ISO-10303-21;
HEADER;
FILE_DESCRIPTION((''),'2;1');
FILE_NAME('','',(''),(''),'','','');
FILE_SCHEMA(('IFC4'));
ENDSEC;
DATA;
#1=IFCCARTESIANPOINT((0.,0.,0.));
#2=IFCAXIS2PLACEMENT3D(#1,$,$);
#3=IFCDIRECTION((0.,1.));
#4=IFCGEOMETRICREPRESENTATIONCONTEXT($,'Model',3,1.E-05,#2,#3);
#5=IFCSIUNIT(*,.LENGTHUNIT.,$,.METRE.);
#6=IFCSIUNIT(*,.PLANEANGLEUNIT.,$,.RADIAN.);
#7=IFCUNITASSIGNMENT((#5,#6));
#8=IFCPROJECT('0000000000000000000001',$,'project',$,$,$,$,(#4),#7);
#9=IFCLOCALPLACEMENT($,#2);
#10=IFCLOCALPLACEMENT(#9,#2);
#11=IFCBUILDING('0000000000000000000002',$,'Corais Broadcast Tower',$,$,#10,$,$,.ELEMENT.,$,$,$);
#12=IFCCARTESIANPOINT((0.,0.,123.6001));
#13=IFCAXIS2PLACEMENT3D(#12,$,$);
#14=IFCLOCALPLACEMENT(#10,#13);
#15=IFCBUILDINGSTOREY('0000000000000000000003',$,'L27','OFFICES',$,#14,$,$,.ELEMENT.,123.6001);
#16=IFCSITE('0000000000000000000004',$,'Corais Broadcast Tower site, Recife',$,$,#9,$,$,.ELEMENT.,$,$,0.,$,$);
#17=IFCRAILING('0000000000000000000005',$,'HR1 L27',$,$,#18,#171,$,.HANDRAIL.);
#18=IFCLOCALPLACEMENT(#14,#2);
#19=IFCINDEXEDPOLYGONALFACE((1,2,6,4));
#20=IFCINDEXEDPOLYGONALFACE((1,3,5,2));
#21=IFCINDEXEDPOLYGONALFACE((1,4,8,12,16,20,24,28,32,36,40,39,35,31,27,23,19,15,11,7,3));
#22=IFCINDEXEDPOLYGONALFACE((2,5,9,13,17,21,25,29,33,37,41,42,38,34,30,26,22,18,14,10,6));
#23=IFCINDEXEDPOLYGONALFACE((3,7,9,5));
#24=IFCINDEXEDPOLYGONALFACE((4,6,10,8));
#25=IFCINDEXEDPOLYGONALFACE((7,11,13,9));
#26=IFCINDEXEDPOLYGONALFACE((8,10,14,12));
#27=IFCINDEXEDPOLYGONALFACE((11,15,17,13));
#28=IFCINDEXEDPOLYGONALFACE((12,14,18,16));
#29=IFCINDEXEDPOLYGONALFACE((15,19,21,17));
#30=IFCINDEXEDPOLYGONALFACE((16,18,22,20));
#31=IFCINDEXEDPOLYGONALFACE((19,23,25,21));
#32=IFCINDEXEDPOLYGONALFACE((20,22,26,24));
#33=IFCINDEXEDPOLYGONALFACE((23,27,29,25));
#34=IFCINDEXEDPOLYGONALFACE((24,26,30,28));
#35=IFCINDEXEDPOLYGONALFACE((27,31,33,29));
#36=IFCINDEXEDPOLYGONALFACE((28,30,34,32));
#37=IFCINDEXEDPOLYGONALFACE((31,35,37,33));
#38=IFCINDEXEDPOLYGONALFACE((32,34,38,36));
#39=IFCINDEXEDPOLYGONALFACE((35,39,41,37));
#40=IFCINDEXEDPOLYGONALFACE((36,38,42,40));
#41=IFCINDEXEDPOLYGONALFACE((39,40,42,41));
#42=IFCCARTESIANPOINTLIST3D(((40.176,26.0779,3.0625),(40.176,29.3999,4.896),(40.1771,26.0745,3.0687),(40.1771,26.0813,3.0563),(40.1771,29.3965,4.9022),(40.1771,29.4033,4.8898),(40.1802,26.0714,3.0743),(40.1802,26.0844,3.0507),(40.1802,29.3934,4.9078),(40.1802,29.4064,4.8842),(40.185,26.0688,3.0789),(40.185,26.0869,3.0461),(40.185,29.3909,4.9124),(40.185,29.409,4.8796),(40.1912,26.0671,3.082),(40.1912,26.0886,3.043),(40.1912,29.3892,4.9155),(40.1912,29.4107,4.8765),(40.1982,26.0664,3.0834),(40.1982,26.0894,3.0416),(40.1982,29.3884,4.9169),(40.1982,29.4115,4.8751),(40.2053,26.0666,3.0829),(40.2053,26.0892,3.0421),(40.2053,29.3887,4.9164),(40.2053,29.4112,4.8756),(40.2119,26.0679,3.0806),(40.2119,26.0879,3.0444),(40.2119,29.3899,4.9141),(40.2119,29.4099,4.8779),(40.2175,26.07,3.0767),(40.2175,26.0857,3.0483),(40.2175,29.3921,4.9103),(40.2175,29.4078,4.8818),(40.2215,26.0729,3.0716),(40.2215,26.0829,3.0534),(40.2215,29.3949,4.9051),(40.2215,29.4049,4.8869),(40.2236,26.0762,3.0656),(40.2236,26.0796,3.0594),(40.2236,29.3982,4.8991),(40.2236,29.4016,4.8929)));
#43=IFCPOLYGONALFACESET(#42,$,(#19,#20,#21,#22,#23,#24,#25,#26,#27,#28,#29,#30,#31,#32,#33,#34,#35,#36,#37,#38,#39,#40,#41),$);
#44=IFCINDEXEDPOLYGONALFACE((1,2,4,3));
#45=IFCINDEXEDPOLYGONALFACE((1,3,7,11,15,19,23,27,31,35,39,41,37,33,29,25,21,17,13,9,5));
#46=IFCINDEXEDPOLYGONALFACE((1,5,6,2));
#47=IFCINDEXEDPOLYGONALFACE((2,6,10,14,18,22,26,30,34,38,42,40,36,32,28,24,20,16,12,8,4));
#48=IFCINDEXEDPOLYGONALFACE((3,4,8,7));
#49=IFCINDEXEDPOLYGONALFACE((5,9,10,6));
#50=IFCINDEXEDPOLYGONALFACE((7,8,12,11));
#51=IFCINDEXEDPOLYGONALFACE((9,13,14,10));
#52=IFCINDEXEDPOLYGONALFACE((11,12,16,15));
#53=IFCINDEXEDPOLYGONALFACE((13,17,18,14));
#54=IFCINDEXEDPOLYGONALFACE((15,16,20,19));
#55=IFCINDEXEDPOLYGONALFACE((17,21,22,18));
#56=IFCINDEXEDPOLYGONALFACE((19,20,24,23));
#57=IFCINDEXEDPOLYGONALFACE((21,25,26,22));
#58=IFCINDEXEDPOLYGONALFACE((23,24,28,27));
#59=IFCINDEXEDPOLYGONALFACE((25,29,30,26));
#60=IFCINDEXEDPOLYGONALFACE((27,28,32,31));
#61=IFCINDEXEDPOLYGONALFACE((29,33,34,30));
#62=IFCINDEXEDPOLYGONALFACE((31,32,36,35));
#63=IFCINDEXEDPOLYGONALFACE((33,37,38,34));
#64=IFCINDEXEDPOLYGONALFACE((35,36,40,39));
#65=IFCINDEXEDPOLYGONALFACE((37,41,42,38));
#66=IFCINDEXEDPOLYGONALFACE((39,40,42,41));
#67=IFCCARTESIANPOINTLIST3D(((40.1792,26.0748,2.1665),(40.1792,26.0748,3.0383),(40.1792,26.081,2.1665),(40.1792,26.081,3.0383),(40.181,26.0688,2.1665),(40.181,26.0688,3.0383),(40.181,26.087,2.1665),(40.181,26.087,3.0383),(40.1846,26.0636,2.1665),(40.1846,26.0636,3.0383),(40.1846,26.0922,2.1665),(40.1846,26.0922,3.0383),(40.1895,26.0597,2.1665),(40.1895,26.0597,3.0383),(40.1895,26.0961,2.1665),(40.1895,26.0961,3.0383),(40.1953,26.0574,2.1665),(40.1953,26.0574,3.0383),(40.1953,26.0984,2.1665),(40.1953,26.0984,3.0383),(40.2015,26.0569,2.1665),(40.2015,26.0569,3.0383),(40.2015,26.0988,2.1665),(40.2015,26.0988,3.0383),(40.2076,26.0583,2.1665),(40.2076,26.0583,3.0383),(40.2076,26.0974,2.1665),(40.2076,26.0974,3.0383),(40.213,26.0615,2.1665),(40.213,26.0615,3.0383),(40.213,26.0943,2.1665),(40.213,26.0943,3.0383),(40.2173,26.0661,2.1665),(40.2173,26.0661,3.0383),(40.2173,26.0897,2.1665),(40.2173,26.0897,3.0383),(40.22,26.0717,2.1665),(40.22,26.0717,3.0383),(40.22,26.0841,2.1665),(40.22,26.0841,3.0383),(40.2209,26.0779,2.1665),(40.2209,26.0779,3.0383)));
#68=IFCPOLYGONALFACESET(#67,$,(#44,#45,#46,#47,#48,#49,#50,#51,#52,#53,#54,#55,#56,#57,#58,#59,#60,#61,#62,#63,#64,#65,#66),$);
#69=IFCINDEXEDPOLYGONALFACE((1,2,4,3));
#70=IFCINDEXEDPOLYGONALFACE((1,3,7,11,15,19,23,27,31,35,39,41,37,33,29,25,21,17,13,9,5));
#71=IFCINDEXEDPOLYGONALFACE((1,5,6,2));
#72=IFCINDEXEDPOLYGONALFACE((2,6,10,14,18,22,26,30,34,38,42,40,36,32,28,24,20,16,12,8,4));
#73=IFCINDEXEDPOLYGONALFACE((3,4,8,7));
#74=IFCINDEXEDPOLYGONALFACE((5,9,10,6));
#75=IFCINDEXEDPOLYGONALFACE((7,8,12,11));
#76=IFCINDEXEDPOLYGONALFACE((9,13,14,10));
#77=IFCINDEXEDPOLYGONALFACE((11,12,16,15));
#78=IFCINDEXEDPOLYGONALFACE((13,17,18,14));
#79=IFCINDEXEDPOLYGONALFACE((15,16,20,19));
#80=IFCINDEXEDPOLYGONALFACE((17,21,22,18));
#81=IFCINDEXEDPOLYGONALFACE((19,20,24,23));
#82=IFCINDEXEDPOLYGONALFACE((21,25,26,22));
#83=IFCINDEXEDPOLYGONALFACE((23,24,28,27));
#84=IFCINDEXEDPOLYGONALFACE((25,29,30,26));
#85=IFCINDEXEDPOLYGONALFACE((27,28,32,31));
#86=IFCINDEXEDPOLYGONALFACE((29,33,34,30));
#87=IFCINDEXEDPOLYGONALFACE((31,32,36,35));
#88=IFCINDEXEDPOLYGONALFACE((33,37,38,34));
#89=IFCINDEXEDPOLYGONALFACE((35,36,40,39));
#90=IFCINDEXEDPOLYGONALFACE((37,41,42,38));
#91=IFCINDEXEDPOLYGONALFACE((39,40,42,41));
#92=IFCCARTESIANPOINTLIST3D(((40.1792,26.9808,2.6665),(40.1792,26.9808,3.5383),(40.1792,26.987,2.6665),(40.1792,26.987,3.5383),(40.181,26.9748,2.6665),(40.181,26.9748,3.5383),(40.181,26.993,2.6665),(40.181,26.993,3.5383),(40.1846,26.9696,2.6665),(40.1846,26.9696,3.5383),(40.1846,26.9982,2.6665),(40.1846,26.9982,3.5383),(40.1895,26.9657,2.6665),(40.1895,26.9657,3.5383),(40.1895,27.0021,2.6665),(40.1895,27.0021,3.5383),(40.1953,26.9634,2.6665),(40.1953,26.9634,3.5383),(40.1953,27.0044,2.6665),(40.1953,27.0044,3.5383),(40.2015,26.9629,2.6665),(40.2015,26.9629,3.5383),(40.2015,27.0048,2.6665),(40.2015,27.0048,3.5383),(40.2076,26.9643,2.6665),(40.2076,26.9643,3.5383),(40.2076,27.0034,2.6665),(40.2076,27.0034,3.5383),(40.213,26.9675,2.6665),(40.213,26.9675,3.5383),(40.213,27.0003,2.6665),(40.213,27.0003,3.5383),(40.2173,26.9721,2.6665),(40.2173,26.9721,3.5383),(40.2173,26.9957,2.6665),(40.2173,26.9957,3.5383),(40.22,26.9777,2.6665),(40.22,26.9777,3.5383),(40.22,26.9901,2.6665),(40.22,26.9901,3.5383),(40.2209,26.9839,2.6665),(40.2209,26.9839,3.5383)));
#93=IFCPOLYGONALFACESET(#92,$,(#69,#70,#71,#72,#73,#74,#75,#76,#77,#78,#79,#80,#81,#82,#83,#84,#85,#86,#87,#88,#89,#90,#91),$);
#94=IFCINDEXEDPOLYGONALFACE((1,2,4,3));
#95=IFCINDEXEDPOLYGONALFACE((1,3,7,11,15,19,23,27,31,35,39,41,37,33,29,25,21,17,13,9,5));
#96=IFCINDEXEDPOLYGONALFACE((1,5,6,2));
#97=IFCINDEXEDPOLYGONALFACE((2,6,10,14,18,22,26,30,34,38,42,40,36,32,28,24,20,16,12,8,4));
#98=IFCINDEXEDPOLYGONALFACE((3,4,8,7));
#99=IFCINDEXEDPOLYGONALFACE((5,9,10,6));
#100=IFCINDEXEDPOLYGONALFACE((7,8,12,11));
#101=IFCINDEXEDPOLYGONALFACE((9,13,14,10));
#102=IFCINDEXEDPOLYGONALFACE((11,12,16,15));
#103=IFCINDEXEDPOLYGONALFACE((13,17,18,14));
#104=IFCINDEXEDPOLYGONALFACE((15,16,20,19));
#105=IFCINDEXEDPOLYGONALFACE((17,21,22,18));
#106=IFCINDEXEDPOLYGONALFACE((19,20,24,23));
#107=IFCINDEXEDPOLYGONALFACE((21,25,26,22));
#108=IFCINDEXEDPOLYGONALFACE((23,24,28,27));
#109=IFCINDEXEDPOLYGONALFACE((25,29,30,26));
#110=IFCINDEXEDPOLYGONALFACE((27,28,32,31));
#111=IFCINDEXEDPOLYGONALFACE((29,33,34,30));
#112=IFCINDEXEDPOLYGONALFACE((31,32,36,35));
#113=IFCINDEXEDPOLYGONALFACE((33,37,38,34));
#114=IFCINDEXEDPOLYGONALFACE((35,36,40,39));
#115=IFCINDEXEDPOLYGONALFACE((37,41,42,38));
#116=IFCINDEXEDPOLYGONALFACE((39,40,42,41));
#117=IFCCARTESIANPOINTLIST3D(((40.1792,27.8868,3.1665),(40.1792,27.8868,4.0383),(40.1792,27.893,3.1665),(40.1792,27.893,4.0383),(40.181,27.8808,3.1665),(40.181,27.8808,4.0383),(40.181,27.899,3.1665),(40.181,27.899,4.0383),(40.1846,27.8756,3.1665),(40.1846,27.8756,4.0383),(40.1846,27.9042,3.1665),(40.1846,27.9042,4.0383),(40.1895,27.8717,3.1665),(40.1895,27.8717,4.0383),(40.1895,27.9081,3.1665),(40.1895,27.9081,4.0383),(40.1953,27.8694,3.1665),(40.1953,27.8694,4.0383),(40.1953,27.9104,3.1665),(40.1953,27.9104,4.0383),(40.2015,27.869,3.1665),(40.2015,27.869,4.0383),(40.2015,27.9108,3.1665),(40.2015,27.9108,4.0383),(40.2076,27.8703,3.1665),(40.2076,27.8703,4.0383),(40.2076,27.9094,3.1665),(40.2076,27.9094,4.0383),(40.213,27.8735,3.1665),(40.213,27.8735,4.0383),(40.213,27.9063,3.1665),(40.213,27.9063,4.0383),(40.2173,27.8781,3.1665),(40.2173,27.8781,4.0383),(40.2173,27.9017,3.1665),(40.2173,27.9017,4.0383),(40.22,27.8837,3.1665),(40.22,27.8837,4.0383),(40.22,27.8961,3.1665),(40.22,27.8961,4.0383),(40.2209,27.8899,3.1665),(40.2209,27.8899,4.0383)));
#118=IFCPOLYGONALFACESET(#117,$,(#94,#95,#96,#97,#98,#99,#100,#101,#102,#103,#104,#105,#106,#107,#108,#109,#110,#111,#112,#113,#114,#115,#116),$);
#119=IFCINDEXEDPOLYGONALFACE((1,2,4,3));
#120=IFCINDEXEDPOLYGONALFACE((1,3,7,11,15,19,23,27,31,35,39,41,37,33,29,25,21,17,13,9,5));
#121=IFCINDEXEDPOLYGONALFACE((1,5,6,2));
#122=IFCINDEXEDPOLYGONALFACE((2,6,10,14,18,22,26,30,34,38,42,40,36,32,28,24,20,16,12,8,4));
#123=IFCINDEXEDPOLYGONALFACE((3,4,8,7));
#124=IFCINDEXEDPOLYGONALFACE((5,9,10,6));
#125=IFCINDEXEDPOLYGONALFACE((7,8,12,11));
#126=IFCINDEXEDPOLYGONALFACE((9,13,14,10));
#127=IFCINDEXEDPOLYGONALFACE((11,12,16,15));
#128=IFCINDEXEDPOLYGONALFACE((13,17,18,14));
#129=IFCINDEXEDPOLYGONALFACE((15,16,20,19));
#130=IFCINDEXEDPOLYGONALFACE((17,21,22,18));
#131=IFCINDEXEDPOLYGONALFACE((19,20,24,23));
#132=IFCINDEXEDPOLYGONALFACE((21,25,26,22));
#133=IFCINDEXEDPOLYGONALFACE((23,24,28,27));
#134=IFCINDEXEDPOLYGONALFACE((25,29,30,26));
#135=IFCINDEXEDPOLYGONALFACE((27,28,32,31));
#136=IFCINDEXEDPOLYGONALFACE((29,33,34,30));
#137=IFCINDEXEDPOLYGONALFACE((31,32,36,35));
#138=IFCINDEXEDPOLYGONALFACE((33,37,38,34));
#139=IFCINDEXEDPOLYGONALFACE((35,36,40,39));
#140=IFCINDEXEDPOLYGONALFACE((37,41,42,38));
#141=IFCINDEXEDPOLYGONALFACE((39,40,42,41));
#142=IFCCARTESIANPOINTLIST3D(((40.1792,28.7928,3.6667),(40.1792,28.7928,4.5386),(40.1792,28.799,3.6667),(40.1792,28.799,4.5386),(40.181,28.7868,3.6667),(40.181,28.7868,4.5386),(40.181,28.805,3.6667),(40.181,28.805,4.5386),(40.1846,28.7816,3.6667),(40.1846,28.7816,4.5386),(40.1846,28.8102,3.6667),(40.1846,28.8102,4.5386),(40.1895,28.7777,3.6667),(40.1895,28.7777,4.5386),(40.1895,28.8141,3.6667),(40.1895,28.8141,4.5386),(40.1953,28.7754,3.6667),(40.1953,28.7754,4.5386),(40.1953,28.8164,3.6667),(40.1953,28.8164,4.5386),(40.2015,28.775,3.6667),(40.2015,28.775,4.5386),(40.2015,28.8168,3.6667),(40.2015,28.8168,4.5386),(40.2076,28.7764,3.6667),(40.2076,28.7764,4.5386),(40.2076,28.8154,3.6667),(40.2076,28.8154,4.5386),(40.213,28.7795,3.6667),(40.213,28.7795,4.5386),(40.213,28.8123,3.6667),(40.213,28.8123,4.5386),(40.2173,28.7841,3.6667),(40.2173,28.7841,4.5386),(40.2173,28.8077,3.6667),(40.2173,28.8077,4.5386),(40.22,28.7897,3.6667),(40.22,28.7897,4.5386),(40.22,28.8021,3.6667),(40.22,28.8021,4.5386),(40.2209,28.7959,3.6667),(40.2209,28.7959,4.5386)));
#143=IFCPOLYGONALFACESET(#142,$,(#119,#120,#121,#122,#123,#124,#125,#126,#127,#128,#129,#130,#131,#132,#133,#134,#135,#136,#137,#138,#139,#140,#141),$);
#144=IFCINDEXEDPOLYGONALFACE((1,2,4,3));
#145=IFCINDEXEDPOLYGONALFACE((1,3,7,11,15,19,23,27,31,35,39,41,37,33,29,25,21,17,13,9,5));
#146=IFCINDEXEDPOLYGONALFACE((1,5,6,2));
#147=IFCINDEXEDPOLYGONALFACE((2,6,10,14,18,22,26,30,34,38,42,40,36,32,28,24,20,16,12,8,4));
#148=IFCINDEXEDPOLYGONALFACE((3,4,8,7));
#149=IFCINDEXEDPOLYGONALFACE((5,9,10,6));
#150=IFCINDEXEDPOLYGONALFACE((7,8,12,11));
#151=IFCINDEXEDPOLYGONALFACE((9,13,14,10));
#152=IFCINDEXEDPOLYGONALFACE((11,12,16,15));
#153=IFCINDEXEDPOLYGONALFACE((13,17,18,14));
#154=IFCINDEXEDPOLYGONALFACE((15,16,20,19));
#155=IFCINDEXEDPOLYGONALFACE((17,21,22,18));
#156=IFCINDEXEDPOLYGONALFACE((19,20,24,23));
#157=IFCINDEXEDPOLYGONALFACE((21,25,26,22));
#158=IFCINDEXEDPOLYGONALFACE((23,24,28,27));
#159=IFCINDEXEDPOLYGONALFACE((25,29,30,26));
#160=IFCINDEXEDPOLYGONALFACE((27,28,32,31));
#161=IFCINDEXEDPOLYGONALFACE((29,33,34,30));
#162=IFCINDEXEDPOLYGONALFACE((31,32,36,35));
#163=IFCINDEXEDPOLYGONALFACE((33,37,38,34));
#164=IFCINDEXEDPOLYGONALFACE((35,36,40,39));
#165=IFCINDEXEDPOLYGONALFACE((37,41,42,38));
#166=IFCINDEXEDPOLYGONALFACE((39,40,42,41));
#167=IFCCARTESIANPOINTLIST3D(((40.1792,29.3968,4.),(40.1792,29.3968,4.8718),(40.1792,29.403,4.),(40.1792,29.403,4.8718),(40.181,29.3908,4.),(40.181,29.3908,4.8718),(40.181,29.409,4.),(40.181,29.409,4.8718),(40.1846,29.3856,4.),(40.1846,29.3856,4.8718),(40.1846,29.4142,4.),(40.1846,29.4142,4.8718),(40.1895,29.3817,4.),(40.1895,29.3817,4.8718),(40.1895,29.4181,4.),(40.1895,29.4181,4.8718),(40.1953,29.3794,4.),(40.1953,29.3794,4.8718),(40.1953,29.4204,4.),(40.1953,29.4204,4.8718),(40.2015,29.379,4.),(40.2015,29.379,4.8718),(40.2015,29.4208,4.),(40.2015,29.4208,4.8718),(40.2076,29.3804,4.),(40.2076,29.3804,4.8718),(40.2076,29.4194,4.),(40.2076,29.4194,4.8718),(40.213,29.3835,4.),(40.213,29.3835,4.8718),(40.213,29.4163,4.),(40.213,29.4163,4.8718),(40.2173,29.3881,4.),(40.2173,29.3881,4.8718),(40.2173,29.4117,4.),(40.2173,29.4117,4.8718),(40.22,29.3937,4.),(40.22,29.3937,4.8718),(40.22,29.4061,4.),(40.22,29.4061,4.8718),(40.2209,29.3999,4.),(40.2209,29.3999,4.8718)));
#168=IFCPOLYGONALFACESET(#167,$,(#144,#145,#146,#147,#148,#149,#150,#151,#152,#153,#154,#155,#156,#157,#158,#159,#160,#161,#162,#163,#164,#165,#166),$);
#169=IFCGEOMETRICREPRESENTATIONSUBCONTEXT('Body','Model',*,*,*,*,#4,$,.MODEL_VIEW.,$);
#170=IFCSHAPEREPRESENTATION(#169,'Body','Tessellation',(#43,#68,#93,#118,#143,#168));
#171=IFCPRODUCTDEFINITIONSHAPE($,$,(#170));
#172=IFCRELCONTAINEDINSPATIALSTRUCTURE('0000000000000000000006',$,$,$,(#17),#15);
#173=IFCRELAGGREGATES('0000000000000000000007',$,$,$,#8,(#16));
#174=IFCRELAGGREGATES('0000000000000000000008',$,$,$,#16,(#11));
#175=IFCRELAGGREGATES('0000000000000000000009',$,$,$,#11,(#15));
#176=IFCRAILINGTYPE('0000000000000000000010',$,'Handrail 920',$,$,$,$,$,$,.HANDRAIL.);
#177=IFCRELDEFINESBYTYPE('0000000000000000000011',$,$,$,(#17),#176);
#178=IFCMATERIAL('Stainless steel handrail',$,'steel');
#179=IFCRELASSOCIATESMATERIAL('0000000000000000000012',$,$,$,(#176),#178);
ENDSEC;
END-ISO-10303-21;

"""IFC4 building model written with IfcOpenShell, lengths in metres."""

from ifc_helpers import new_model, si_unit, direction, frame, origin, origin_2d, place, context, subcontext, project, spatial, circle, extrude, material, type_object, element, save


model = new_model("IFC4")

# Units and contexts
model_context = context("Model", 3, precision=1e-05, world=origin(), true_north=direction((0.0, 1.0)))
body_context = subcontext(model_context, "Body", "Model", "MODEL_VIEW")
ifc_project = project(units=[si_unit("LENGTHUNIT", "METRE"), si_unit("PLANEANGLEUNIT", "RADIAN")], contexts=[model_context])

# Site, building, storey
site_placement = place(None, origin())
site = spatial("IfcSite", under=ifc_project, at=site_placement, Name="Corais Broadcast Tower site, Recife", CompositionType="ELEMENT", RefElevation=0.0)
building_placement = place(site_placement, origin())
building = spatial("IfcBuilding", under=site, at=building_placement, Name="Corais Broadcast Tower", CompositionType="ELEMENT")
storey_placement = place(building_placement, frame((0.0, 0.0, 123.6001)))
storey = spatial("IfcBuildingStorey", under=building, at=storey_placement, Name="L27", Description="OFFICES", CompositionType="ELEMENT", Elevation=123.6001)

# Railing
ifc_material_1 = material(Name="Stainless steel handrail", Category="steel")
railing_type = type_object("IfcRailingType", Name="Handrail 920", PredefinedType="HANDRAIL", material=ifc_material_1)
for number, where, name in (
    (1, (40.2, 26.0779, 2.1665), "HR1 L27"),
):
    element("IfcRailing", number, at=place(storey_placement, frame(where)), inside=storey, type_object=railing_type, Name=name, PredefinedType="HANDRAIL", context=body_context, shape_type="SweptSolid", body=[
        extrude(circle(Radius=0.0239, at=origin_2d()), frame((0.0, 0.0, 0.896), z_axis=(0.0, 0.875504, 0.48321), x_axis=(-1.0, 0.0, 0.0)), (0.0, 0.0, 1.0), 3.7944),
        extrude(circle(Radius=0.021, at=origin_2d()), origin(), (0.0, 0.0, 1.0), 0.8718),
        extrude(circle(Radius=0.021, at=origin_2d()), frame((0.0, 0.906, 0.5)), (0.0, 0.0, 1.0), 0.8718),
        extrude(circle(Radius=0.021, at=origin_2d()), frame((0.0, 1.812, 1.0)), (0.0, 0.0, 1.0), 0.8718),
        extrude(circle(Radius=0.021, at=origin_2d()), frame((0.0, 2.718, 1.5002)), (0.0, 0.0, 1.0), 0.8718),
        extrude(circle(Radius=0.021, at=origin_2d()), frame((0.0, 3.322, 1.8335)), (0.0, 0.0, 1.0), 0.8718),
    ])

save(model, "model.ifc")
